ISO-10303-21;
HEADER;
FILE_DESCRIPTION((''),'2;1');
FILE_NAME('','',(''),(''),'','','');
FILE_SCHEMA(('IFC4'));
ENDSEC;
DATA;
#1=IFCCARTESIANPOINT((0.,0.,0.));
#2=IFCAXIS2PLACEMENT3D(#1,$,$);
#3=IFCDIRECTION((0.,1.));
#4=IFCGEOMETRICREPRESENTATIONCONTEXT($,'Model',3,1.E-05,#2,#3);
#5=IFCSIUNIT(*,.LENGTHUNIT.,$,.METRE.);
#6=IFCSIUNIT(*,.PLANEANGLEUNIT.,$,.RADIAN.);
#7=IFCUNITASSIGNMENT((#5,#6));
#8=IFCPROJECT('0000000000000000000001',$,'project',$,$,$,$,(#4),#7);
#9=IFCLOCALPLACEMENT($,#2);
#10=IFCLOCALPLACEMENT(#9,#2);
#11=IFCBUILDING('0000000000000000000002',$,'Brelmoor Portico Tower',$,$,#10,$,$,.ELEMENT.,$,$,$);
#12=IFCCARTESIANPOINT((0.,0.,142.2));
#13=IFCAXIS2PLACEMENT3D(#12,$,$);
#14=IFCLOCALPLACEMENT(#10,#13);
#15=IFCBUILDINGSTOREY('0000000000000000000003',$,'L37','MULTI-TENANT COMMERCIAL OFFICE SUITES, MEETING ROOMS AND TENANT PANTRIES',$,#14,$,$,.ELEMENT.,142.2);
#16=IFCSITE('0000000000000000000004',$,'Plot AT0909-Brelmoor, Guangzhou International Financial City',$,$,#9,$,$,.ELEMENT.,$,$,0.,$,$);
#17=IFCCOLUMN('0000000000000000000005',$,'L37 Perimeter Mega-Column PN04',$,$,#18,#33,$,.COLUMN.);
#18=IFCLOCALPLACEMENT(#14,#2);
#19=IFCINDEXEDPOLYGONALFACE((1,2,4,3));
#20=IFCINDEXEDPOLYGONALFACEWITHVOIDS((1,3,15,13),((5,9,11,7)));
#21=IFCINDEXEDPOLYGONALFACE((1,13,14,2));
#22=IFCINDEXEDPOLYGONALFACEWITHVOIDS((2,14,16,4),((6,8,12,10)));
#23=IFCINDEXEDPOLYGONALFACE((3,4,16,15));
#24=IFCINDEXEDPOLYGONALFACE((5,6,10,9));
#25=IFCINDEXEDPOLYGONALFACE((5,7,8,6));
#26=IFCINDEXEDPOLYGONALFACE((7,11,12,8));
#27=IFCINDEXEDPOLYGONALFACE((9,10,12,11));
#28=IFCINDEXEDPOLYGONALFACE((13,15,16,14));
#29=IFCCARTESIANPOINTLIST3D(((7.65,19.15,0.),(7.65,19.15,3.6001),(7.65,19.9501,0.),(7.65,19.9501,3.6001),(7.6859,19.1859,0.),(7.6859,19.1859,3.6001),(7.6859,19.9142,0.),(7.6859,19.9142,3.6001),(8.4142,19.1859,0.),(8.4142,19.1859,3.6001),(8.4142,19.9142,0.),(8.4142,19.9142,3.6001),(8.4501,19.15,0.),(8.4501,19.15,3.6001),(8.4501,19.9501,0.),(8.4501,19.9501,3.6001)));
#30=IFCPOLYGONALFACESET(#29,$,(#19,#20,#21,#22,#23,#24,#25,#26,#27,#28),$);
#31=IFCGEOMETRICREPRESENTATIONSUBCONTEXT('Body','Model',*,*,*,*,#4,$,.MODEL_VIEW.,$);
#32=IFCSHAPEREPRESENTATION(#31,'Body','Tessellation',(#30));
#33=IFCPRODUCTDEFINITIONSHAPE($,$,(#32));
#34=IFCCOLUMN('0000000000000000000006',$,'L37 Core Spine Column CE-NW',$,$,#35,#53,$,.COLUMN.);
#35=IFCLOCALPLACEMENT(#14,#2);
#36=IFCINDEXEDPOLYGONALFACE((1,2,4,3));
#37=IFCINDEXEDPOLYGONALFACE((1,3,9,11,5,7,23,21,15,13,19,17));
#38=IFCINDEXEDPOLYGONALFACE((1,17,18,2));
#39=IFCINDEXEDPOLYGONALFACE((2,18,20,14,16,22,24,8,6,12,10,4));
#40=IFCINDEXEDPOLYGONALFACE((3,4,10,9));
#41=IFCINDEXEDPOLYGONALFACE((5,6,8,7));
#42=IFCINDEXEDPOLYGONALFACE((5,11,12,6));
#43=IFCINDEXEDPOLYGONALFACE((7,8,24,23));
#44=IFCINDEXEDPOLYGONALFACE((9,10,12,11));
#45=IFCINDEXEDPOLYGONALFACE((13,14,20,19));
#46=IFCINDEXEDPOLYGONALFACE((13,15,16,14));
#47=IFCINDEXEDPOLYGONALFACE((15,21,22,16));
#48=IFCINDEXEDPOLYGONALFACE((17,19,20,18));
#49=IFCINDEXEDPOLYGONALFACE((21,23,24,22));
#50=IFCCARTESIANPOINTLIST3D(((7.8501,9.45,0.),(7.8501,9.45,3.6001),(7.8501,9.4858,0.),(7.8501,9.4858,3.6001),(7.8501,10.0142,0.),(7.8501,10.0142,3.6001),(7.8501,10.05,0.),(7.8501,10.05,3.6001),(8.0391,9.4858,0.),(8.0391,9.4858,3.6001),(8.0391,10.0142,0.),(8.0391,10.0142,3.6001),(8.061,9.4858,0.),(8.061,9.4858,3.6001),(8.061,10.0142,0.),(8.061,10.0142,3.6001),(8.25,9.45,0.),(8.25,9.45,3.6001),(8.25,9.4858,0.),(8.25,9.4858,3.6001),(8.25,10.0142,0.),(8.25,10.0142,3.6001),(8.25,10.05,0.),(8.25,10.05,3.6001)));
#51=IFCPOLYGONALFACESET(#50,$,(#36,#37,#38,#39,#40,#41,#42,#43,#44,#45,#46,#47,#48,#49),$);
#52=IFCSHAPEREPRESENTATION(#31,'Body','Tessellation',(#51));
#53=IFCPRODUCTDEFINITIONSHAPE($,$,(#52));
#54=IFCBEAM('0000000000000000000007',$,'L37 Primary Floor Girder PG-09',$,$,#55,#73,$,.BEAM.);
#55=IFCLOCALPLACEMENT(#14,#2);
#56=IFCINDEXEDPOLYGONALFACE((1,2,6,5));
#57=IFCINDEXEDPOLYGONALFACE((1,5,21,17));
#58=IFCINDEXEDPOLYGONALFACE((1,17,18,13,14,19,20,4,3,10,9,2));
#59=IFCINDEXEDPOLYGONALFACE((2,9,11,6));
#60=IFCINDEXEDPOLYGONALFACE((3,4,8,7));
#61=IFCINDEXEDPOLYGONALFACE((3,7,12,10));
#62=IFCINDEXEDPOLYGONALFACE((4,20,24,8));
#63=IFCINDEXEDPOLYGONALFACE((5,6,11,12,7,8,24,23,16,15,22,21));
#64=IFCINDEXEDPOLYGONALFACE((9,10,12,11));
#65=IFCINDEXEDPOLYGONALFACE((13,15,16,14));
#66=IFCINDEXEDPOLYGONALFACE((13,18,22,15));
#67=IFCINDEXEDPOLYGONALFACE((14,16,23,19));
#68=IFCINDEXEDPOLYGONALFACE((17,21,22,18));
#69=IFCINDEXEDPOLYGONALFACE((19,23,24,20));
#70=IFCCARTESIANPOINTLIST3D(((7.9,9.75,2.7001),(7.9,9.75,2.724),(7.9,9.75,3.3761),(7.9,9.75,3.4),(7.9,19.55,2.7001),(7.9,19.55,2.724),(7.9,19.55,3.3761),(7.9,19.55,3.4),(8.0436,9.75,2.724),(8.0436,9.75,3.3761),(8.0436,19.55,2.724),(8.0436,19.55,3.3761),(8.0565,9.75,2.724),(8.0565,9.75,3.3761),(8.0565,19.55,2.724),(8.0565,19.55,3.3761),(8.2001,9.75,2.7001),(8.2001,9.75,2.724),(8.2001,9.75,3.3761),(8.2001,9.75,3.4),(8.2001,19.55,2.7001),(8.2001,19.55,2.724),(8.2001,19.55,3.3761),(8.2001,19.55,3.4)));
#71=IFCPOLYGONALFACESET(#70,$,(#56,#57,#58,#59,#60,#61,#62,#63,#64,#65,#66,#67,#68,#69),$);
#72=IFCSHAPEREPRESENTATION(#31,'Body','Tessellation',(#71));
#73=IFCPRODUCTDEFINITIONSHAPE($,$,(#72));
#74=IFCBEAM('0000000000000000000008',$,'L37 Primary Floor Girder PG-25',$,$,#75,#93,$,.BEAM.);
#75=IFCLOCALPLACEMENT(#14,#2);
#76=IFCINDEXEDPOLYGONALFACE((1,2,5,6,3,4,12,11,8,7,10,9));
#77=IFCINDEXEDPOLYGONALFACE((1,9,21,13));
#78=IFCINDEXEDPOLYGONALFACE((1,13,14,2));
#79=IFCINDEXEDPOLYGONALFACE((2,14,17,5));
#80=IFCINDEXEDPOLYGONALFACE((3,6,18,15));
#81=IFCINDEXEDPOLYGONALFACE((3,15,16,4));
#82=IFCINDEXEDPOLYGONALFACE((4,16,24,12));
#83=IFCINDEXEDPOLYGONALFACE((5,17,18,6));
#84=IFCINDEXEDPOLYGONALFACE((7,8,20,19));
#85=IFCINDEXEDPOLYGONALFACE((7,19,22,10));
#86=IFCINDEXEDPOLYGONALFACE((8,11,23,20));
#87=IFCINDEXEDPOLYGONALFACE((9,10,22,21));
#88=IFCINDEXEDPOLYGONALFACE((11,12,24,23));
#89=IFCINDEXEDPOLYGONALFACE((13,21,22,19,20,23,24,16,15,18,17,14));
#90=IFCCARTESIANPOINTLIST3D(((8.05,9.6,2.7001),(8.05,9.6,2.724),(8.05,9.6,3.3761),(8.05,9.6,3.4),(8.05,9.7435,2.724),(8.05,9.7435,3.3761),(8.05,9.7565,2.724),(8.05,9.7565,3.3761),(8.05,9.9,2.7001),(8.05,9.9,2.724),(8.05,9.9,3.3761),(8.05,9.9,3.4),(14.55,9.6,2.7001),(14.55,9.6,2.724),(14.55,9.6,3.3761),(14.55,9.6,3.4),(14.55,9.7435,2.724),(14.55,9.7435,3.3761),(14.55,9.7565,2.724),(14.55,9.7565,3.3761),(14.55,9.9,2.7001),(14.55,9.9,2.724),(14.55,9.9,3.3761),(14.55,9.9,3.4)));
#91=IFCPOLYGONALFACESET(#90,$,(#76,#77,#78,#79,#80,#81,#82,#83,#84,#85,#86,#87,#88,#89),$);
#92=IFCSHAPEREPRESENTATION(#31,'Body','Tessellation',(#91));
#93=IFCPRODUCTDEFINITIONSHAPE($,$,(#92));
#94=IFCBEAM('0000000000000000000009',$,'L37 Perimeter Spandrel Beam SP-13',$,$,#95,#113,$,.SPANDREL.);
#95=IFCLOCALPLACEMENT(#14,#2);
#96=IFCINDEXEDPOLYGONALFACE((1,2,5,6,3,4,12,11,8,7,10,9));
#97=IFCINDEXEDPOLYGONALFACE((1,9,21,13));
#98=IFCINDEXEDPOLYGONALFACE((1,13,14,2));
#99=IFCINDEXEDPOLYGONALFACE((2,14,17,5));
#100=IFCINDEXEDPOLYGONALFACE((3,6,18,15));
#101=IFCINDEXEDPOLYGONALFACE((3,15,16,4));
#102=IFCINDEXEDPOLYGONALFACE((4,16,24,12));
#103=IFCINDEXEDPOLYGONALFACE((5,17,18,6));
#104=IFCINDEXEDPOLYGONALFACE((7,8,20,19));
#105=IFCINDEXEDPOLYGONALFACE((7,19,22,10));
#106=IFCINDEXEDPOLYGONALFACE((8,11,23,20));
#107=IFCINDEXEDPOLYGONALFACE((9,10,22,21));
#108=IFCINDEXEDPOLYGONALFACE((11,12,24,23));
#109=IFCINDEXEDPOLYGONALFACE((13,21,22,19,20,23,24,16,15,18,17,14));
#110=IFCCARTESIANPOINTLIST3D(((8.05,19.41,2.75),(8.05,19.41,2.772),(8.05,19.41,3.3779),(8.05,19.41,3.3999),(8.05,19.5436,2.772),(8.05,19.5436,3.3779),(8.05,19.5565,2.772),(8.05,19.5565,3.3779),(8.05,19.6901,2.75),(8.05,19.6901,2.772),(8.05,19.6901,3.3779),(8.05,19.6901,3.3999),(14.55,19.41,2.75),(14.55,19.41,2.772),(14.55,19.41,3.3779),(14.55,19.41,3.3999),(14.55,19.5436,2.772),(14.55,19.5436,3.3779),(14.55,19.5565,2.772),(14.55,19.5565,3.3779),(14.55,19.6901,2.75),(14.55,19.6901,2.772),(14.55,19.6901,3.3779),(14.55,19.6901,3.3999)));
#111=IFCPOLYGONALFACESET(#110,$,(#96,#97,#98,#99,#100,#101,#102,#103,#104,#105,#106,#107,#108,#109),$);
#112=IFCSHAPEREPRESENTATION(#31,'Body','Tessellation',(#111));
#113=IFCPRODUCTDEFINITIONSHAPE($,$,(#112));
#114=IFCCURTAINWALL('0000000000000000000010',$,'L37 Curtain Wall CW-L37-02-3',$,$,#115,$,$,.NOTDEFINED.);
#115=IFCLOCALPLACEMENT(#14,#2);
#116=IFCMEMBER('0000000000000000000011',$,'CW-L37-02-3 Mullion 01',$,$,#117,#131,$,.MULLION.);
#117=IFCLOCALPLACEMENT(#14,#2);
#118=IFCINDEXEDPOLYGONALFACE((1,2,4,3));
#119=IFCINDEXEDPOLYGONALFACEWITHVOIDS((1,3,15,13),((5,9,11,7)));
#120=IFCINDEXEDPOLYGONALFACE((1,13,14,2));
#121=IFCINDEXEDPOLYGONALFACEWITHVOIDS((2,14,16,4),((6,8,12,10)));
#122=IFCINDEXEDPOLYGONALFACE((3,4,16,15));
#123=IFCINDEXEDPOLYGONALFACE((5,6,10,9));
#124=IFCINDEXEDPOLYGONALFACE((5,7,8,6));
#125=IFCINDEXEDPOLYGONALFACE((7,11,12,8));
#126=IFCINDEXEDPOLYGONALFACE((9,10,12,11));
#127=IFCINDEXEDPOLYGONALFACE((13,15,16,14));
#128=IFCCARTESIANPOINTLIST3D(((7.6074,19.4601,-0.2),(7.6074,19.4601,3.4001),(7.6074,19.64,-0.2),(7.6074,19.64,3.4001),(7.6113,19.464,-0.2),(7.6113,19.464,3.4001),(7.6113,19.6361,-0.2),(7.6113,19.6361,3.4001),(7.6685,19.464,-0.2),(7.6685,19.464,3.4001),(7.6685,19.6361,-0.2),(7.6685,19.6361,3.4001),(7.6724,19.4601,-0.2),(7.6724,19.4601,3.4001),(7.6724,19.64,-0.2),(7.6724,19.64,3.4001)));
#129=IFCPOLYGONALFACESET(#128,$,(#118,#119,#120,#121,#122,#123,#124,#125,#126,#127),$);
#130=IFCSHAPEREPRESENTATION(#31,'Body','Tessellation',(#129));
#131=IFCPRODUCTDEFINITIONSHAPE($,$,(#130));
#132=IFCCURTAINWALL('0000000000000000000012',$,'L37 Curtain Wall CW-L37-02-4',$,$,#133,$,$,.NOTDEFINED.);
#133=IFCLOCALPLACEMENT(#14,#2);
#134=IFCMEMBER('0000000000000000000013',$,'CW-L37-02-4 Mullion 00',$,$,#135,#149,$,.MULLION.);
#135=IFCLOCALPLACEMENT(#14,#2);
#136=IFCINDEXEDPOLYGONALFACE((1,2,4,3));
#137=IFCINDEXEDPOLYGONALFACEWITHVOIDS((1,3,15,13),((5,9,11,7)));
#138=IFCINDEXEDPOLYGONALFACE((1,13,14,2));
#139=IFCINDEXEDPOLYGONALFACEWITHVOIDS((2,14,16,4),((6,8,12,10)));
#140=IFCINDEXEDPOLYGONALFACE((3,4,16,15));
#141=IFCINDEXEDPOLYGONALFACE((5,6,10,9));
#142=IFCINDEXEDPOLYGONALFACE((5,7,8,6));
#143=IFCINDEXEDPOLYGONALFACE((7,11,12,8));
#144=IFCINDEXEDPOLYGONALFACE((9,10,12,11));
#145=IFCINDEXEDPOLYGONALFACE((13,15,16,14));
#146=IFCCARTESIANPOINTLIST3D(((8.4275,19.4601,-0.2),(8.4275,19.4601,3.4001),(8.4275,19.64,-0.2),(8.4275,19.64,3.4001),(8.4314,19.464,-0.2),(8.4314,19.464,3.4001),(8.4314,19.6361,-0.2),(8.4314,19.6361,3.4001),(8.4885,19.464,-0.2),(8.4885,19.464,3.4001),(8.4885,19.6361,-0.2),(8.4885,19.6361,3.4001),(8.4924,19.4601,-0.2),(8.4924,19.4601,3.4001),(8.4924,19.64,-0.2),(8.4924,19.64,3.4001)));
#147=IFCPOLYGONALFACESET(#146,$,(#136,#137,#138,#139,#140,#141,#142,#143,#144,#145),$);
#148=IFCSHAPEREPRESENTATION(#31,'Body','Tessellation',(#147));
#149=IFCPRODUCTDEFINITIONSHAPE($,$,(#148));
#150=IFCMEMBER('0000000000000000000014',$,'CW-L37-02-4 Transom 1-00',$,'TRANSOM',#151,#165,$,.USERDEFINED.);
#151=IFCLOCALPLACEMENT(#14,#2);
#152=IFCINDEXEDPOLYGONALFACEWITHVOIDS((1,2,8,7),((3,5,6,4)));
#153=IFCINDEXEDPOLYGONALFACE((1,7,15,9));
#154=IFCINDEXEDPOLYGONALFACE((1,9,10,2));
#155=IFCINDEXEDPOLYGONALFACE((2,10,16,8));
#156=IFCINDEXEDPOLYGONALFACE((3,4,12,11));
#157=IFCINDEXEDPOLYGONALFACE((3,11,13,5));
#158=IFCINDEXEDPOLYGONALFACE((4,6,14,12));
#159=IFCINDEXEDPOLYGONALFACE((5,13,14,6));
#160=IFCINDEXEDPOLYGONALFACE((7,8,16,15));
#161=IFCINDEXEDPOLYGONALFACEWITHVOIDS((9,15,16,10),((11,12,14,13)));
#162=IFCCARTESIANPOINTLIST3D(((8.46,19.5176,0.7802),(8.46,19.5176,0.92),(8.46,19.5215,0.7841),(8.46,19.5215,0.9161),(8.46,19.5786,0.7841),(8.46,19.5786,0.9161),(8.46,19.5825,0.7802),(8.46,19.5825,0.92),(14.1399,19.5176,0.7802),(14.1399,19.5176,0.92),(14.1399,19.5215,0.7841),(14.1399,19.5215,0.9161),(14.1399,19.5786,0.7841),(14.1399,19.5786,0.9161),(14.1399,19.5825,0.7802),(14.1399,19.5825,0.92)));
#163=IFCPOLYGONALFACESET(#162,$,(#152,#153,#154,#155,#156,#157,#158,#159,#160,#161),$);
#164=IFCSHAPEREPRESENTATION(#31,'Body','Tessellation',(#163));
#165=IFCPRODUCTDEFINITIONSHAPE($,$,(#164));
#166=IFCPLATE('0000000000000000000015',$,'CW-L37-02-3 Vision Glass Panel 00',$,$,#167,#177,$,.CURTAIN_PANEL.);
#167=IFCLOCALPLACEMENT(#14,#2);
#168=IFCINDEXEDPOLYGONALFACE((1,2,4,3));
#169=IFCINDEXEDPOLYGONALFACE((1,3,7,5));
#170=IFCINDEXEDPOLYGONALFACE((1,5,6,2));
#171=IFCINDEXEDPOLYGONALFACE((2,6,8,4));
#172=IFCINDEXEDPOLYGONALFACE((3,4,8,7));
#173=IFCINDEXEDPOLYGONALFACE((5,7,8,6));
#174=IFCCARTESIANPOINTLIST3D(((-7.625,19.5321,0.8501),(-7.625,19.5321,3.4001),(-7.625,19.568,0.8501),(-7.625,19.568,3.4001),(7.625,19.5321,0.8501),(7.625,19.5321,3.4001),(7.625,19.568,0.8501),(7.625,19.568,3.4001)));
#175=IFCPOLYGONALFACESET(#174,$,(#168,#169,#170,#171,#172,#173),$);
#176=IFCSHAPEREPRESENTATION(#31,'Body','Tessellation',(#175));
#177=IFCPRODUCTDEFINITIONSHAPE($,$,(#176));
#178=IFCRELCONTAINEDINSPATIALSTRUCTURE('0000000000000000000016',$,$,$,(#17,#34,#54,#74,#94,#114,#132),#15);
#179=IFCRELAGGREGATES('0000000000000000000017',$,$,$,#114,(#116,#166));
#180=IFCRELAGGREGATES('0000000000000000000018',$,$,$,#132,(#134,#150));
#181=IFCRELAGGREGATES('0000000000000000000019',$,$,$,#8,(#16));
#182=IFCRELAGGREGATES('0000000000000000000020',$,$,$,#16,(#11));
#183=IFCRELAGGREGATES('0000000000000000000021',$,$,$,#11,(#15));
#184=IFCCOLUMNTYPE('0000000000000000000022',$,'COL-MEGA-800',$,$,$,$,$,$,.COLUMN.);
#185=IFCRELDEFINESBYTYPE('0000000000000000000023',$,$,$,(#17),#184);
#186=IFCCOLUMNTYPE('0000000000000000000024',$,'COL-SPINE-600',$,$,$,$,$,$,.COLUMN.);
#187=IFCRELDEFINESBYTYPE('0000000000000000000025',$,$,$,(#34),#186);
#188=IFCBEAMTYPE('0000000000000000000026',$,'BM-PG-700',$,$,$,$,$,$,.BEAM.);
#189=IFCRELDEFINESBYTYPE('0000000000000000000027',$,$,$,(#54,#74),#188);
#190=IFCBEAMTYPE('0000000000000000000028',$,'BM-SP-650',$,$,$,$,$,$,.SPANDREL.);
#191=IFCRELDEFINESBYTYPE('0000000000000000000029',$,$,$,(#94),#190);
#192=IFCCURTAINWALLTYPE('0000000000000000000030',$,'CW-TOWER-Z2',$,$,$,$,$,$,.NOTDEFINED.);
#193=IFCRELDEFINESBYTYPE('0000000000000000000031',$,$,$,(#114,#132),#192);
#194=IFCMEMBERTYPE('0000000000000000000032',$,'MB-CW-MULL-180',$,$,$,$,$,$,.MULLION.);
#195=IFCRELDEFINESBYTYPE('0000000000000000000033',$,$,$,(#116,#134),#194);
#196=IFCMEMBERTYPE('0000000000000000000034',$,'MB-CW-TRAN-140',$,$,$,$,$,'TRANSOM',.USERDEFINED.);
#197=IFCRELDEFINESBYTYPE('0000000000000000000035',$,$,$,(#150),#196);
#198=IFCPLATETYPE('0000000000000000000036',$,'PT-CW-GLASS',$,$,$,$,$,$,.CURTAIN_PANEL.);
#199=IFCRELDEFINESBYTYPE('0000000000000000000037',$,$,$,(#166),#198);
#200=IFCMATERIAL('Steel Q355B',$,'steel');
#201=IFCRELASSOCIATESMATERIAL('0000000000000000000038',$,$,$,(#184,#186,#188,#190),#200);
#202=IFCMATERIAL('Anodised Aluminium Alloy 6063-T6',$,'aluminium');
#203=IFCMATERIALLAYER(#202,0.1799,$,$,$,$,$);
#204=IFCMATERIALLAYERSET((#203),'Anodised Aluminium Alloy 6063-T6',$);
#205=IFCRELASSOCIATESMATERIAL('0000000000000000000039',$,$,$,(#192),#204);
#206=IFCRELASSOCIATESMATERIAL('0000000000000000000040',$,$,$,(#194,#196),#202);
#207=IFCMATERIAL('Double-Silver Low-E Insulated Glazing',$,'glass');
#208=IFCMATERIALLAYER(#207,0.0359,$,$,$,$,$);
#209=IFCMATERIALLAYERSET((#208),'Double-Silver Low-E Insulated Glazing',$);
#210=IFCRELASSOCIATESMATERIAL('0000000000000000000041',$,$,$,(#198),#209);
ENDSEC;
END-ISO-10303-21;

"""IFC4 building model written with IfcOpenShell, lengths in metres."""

from ifc_helpers import new_model, si_unit, direction, frame, origin, origin_2d, place, context, subcontext, project, spatial, rectangle, hollow_rectangle, i_section, extrude, material, layer, layer_set, material_profile, profile_set, type_object, element, aggregate, save


model = new_model("IFC4")

# Units and contexts
model_context = context("Model", 3, precision=1e-05, world=origin(), true_north=direction((0.0, 1.0)))
body_context = subcontext(model_context, "Body", "Model", "MODEL_VIEW")
ifc_project = project(units=[si_unit("LENGTHUNIT", "METRE"), si_unit("PLANEANGLEUNIT", "RADIAN")], contexts=[model_context])

# Site, building, storey
site_placement = place(None, origin())
site = spatial("IfcSite", under=ifc_project, at=site_placement, Name="Plot AT0909-Brelmoor, Guangzhou International Financial City", CompositionType="ELEMENT", RefElevation=0.0)
building_placement = place(site_placement, origin())
building = spatial("IfcBuilding", under=site, at=building_placement, Name="Brelmoor Portico Tower", CompositionType="ELEMENT")
storey_placement = place(building_placement, frame((0.0, 0.0, 142.2)))
storey = spatial("IfcBuildingStorey", under=building, at=storey_placement, Name="L37", Description="MULTI-TENANT COMMERCIAL OFFICE SUITES, MEETING ROOMS AND TENANT PANTRIES", CompositionType="ELEMENT", Elevation=142.2)

# Columns
ifc_material_1 = material(Name="Steel Q355B", Category="steel")
ifc_material_profile_1 = material_profile(ifc_material_1, hollow_rectangle(XDim=0.8, YDim=0.8, WallThickness=0.0359, at=origin_2d()), Name="BOX 800x800x36")
ifc_profile_set_1 = profile_set([ifc_material_profile_1], Name="Steel Q355B")
column_type_1 = type_object("IfcColumnType", Name="COL-MEGA-800", PredefinedType="COLUMN", material=ifc_profile_set_1)
column_1_placement = place(storey_placement, frame((8.05, 19.55, 0.0), z_axis=(0.0, 0.0, 1.0), x_axis=(1.0, 0.0, 0.0)))
element("IfcColumn", 1, at=column_1_placement, inside=storey, type_object=column_type_1, Name="L37 Perimeter Mega-Column PN04", PredefinedType="COLUMN", context=body_context, shape_type="SweptSolid", body=[
    extrude(hollow_rectangle(XDim=0.8, YDim=0.8, WallThickness=0.0359, at=origin_2d()), origin(), (0.0, 0.0, 1.0), 3.6001),
])
ifc_material_profile_2 = material_profile(ifc_material_1, i_section(OverallWidth=0.3999, OverallDepth=0.6001, WebThickness=0.022, FlangeThickness=0.0359, at=origin_2d()), Name="HW 600x400x22x36")
ifc_profile_set_2 = profile_set([ifc_material_profile_2], Name="Steel Q355B")
column_type_2 = type_object("IfcColumnType", Name="COL-SPINE-600", PredefinedType="COLUMN", material=ifc_profile_set_2)
column_2_placement = place(storey_placement, frame((8.05, 9.75, 0.0), z_axis=(0.0, 0.0, 1.0), x_axis=(1.0, 0.0, 0.0)))
element("IfcColumn", 2, at=column_2_placement, inside=storey, type_object=column_type_2, Name="L37 Core Spine Column CE-NW", PredefinedType="COLUMN", context=body_context, shape_type="SweptSolid", body=[
    extrude(i_section(OverallWidth=0.3999, OverallDepth=0.6001, WebThickness=0.022, FlangeThickness=0.0359, at=origin_2d()), origin(), (0.0, 0.0, 1.0), 3.6001),
])

# Beams
ifc_material_profile_3 = material_profile(ifc_material_1, i_section(OverallWidth=0.3, OverallDepth=0.7, WebThickness=0.0129, FlangeThickness=0.0239, at=origin_2d()), Name="HN 700x300x13x24")
ifc_profile_set_3 = profile_set([ifc_material_profile_3], Name="Steel Q355B")
beam_type_1 = type_object("IfcBeamType", Name="BM-PG-700", PredefinedType="BEAM", material=ifc_profile_set_3)
beam_1_placement = place(storey_placement, frame((8.05, 9.75, 3.05), z_axis=(0.0, 1.0, 0.0), x_axis=(-1.0, 0.0, 0.0)))
element("IfcBeam", 3, at=beam_1_placement, inside=storey, type_object=beam_type_1, Name="L37 Primary Floor Girder PG-09", PredefinedType="BEAM", context=body_context, shape_type="SweptSolid", body=[
    extrude(i_section(OverallWidth=0.3, OverallDepth=0.7, WebThickness=0.0129, FlangeThickness=0.0239, at=origin_2d()), origin(), (0.0, 0.0, 1.0), 9.8),
])
beam_2_placement = place(storey_placement, frame((8.05, 9.75, 3.05), z_axis=(1.0, 0.0, 0.0), x_axis=(0.0, 1.0, 0.0)))
element("IfcBeam", 4, at=beam_2_placement, inside=storey, type_object=beam_type_1, Name="L37 Primary Floor Girder PG-25", PredefinedType="BEAM", context=body_context, shape_type="SweptSolid", body=[
    extrude(i_section(OverallWidth=0.3, OverallDepth=0.7, WebThickness=0.0129, FlangeThickness=0.0239, at=origin_2d()), origin(), (0.0, 0.0, 1.0), 6.5),
])
ifc_material_profile_4 = material_profile(ifc_material_1, i_section(OverallWidth=0.28, OverallDepth=0.6499, WebThickness=0.0129, FlangeThickness=0.022, at=origin_2d()), Name="HN 650x280x13x22")
ifc_profile_set_4 = profile_set([ifc_material_profile_4], Name="Steel Q355B")
beam_type_2 = type_object("IfcBeamType", Name="BM-SP-650", PredefinedType="SPANDREL", material=ifc_profile_set_4)
beam_3_placement = place(storey_placement, frame((8.05, 19.55, 3.075), z_axis=(1.0, 0.0, 0.0), x_axis=(0.0, 1.0, 0.0)))
element("IfcBeam", 5, at=beam_3_placement, inside=storey, type_object=beam_type_2, Name="L37 Perimeter Spandrel Beam SP-13", PredefinedType="SPANDREL", context=body_context, shape_type="SweptSolid", body=[
    extrude(i_section(OverallWidth=0.28, OverallDepth=0.6499, WebThickness=0.0129, FlangeThickness=0.022, at=origin_2d()), origin(), (0.0, 0.0, 1.0), 6.5),
])

# Curtain wall, member
ifc_material_2 = material(Name="Anodised Aluminium Alloy 6063-T6", Category="aluminium")
ifc_layer_1 = layer(ifc_material_2, 0.1799)
ifc_layer_set_1 = layer_set([ifc_layer_1], Name="Anodised Aluminium Alloy 6063-T6")
curtain_wall_type = type_object("IfcCurtainWallType", Name="CW-TOWER-Z2", PredefinedType="NOTDEFINED", material=ifc_layer_set_1)
curtain_wall_1_placement = place(storey_placement, origin())
curtain_wall_1 = element("IfcCurtainWall", 6, at=curtain_wall_1_placement, inside=storey, type_object=curtain_wall_type, Name="L37 Curtain Wall CW-L37-02-3", PredefinedType="NOTDEFINED")
ifc_material_profile_5 = material_profile(ifc_material_2, hollow_rectangle(XDim=0.0649, YDim=0.1799, WallThickness=0.0039, at=origin_2d()), Name="ALU MULLION 65x180")
ifc_profile_set_5 = profile_set([ifc_material_profile_5], Name="Anodised Aluminium Alloy 6063-T6")
member_type_1 = type_object("IfcMemberType", Name="MB-CW-MULL-180", PredefinedType="MULLION", material=ifc_profile_set_5)
member_1_placement = place(storey_placement, frame((7.6399, 19.55, -0.2), z_axis=(0.0, 0.0, 1.0), x_axis=(1.0, 0.0, 0.0)))
member_1 = element("IfcMember", 7, at=member_1_placement, type_object=member_type_1, Name="CW-L37-02-3 Mullion 01", PredefinedType="MULLION", context=body_context, shape_type="SweptSolid", body=[
    extrude(hollow_rectangle(XDim=0.0649, YDim=0.1799, WallThickness=0.0039, at=origin_2d()), origin(), (0.0, 0.0, 1.0), 3.6001),
])

# Curtain wall, members
curtain_wall_2_placement = place(storey_placement, origin())
curtain_wall_2 = element("IfcCurtainWall", 8, at=curtain_wall_2_placement, inside=storey, type_object=curtain_wall_type, Name="L37 Curtain Wall CW-L37-02-4", PredefinedType="NOTDEFINED")
member_2_placement = place(storey_placement, frame((8.46, 19.55, -0.2), z_axis=(0.0, 0.0, 1.0), x_axis=(1.0, 0.0, 0.0)))
member_2 = element("IfcMember", 9, at=member_2_placement, type_object=member_type_1, Name="CW-L37-02-4 Mullion 00", PredefinedType="MULLION", context=body_context, shape_type="SweptSolid", body=[
    extrude(hollow_rectangle(XDim=0.0649, YDim=0.1799, WallThickness=0.0039, at=origin_2d()), origin(), (0.0, 0.0, 1.0), 3.6001),
])
ifc_material_profile_6 = material_profile(ifc_material_2, hollow_rectangle(XDim=0.0649, YDim=0.1399, WallThickness=0.0039, at=origin_2d()), Name="ALU TRANSOM 65x140")
ifc_profile_set_6 = profile_set([ifc_material_profile_6], Name="Anodised Aluminium Alloy 6063-T6")
member_type_2 = type_object("IfcMemberType", Name="MB-CW-TRAN-140", ElementType="TRANSOM", PredefinedType="USERDEFINED", material=ifc_profile_set_6)
member_3_placement = place(storey_placement, frame((8.46, 19.55, 0.8501), z_axis=(1.0, 0.0, 0.0), x_axis=(0.0, 1.0, 0.0)))
member_3 = element("IfcMember", 10, at=member_3_placement, type_object=member_type_2, Name="CW-L37-02-4 Transom 1-00", ObjectType="TRANSOM", PredefinedType="USERDEFINED", context=body_context, shape_type="SweptSolid", body=[
    extrude(hollow_rectangle(XDim=0.0649, YDim=0.1399, WallThickness=0.0039, at=origin_2d()), origin(), (0.0, 0.0, 1.0), 5.6799),
])

# Plate
ifc_material_3 = material(Name="Double-Silver Low-E Insulated Glazing", Category="glass")
ifc_layer_2 = layer(ifc_material_3, 0.0359)
ifc_layer_set_2 = layer_set([ifc_layer_2], Name="Double-Silver Low-E Insulated Glazing")
plate_type_1 = type_object("IfcPlateType", Name="PT-CW-GLASS", PredefinedType="CURTAIN_PANEL", material=ifc_layer_set_2)
plate_1_placement = place(storey_placement, frame((0.0, 19.55, 0.8501), z_axis=(0.0, 0.0, 1.0), x_axis=(1.0, 0.0, 0.0)))
plate_1 = element("IfcPlate", 11, at=plate_1_placement, type_object=plate_type_1, Name="CW-L37-02-3 Vision Glass Panel 00", PredefinedType="CURTAIN_PANEL", context=body_context, shape_type="SweptSolid", body=[
    extrude(rectangle(XDim=15.25, YDim=0.0359, at=origin_2d()), origin(), (0.0, 0.0, 1.0), 2.55),
])
aggregate(curtain_wall_1, [member_1, plate_1])
aggregate(curtain_wall_2, [member_2, member_3])

save(model, "model.ifc")
